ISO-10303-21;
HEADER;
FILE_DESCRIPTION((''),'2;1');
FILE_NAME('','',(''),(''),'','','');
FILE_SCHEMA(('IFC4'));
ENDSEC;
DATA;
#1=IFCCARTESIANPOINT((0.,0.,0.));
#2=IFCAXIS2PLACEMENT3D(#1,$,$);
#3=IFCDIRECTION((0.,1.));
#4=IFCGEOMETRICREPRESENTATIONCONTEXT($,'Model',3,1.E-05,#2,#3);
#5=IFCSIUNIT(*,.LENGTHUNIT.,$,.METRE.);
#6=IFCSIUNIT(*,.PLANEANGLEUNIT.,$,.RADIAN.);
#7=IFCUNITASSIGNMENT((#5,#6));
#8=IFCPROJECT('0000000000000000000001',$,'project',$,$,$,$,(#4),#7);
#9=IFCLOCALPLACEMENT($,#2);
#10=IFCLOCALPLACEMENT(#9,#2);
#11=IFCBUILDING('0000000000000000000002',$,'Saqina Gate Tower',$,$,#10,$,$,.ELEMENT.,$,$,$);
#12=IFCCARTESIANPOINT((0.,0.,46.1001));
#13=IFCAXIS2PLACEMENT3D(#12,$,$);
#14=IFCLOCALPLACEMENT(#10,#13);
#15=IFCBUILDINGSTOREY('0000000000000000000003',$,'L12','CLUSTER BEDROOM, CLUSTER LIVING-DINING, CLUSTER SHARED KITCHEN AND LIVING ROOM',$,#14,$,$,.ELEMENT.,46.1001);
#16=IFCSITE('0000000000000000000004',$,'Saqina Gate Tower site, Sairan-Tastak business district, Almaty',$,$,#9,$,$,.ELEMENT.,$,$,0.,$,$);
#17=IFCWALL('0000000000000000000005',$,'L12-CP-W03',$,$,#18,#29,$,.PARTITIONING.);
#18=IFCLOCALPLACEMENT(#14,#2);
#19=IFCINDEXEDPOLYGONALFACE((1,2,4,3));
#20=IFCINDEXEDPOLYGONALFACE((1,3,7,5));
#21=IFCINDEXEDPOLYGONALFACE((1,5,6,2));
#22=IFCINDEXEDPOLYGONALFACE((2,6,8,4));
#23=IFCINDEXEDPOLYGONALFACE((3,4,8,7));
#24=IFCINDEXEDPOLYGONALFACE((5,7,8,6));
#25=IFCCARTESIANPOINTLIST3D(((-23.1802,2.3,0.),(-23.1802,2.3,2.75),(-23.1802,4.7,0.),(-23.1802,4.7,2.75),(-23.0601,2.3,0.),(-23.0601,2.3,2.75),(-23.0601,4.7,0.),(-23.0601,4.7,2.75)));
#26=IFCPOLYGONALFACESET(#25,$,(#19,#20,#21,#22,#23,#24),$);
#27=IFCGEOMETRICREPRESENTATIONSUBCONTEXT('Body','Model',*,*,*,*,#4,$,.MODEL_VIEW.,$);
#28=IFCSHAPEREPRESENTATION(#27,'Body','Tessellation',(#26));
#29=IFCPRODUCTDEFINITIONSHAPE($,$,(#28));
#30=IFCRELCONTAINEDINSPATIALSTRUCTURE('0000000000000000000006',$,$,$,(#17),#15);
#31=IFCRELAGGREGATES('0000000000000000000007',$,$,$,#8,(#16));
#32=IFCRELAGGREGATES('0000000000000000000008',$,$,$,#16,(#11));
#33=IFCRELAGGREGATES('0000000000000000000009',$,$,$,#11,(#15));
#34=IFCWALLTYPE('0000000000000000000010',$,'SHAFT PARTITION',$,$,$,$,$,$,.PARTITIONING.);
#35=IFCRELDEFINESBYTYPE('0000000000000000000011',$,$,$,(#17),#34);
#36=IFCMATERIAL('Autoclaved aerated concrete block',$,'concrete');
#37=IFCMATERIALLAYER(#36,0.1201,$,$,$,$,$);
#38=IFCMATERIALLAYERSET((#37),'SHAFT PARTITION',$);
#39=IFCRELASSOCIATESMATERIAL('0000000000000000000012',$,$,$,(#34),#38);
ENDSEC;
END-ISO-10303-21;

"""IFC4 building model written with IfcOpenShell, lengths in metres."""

from ifc_helpers import new_model, si_unit, direction, frame, frame_2d, origin, place, context, subcontext, project, spatial, rectangle, extrude, material, layer, layer_set, type_object, element, save


model = new_model("IFC4")

# Units and contexts
model_context = context("Model", 3, precision=1e-05, world=origin(), true_north=direction((0.0, 1.0)))
body_context = subcontext(model_context, "Body", "Model", "MODEL_VIEW")
ifc_project = project(units=[si_unit("LENGTHUNIT", "METRE"), si_unit("PLANEANGLEUNIT", "RADIAN")], contexts=[model_context])

# Site, building, storey
site_placement = place(None, origin())
site = spatial("IfcSite", under=ifc_project, at=site_placement, Name="Saqina Gate Tower site, Sairan-Tastak business district, Almaty", CompositionType="ELEMENT", RefElevation=0.0)
building_placement = place(site_placement, origin())
building = spatial("IfcBuilding", under=site, at=building_placement, Name="Saqina Gate Tower", CompositionType="ELEMENT")
storey_placement = place(building_placement, frame((0.0, 0.0, 46.1001)))
storey = spatial("IfcBuildingStorey", under=building, at=storey_placement, Name="L12", Description="CLUSTER BEDROOM, CLUSTER LIVING-DINING, CLUSTER SHARED KITCHEN AND LIVING ROOM", CompositionType="ELEMENT", Elevation=46.1001)

# Wall
ifc_material_1 = material(Name="Autoclaved aerated concrete block", Category="concrete")
ifc_layer_1 = layer(ifc_material_1, 0.1201)
ifc_layer_set_1 = layer_set([ifc_layer_1], Name="SHAFT PARTITION")
wall_type_1 = type_object("IfcWallType", Name="SHAFT PARTITION", PredefinedType="PARTITIONING", material=ifc_layer_set_1)
for number, where, z_axis, x_axis, name in (
    (1, (-23.1201, 2.3, 0.0), (0.0, 0.0, 1.0), (0.0, 1.0, 0.0), "L12-CP-W03"),
):
    element("IfcWall", number, at=place(storey_placement, frame(where, z_axis=z_axis, x_axis=x_axis)), inside=storey, type_object=wall_type_1, Name=name, PredefinedType="PARTITIONING", context=body_context, shape_type="SweptSolid", body=[
        extrude(rectangle(XDim=2.3999, YDim=0.1201, at=frame_2d((1.2, 0.0))), origin(), (0.0, 0.0, 1.0), 2.75),
    ])

save(model, "model.ifc")
